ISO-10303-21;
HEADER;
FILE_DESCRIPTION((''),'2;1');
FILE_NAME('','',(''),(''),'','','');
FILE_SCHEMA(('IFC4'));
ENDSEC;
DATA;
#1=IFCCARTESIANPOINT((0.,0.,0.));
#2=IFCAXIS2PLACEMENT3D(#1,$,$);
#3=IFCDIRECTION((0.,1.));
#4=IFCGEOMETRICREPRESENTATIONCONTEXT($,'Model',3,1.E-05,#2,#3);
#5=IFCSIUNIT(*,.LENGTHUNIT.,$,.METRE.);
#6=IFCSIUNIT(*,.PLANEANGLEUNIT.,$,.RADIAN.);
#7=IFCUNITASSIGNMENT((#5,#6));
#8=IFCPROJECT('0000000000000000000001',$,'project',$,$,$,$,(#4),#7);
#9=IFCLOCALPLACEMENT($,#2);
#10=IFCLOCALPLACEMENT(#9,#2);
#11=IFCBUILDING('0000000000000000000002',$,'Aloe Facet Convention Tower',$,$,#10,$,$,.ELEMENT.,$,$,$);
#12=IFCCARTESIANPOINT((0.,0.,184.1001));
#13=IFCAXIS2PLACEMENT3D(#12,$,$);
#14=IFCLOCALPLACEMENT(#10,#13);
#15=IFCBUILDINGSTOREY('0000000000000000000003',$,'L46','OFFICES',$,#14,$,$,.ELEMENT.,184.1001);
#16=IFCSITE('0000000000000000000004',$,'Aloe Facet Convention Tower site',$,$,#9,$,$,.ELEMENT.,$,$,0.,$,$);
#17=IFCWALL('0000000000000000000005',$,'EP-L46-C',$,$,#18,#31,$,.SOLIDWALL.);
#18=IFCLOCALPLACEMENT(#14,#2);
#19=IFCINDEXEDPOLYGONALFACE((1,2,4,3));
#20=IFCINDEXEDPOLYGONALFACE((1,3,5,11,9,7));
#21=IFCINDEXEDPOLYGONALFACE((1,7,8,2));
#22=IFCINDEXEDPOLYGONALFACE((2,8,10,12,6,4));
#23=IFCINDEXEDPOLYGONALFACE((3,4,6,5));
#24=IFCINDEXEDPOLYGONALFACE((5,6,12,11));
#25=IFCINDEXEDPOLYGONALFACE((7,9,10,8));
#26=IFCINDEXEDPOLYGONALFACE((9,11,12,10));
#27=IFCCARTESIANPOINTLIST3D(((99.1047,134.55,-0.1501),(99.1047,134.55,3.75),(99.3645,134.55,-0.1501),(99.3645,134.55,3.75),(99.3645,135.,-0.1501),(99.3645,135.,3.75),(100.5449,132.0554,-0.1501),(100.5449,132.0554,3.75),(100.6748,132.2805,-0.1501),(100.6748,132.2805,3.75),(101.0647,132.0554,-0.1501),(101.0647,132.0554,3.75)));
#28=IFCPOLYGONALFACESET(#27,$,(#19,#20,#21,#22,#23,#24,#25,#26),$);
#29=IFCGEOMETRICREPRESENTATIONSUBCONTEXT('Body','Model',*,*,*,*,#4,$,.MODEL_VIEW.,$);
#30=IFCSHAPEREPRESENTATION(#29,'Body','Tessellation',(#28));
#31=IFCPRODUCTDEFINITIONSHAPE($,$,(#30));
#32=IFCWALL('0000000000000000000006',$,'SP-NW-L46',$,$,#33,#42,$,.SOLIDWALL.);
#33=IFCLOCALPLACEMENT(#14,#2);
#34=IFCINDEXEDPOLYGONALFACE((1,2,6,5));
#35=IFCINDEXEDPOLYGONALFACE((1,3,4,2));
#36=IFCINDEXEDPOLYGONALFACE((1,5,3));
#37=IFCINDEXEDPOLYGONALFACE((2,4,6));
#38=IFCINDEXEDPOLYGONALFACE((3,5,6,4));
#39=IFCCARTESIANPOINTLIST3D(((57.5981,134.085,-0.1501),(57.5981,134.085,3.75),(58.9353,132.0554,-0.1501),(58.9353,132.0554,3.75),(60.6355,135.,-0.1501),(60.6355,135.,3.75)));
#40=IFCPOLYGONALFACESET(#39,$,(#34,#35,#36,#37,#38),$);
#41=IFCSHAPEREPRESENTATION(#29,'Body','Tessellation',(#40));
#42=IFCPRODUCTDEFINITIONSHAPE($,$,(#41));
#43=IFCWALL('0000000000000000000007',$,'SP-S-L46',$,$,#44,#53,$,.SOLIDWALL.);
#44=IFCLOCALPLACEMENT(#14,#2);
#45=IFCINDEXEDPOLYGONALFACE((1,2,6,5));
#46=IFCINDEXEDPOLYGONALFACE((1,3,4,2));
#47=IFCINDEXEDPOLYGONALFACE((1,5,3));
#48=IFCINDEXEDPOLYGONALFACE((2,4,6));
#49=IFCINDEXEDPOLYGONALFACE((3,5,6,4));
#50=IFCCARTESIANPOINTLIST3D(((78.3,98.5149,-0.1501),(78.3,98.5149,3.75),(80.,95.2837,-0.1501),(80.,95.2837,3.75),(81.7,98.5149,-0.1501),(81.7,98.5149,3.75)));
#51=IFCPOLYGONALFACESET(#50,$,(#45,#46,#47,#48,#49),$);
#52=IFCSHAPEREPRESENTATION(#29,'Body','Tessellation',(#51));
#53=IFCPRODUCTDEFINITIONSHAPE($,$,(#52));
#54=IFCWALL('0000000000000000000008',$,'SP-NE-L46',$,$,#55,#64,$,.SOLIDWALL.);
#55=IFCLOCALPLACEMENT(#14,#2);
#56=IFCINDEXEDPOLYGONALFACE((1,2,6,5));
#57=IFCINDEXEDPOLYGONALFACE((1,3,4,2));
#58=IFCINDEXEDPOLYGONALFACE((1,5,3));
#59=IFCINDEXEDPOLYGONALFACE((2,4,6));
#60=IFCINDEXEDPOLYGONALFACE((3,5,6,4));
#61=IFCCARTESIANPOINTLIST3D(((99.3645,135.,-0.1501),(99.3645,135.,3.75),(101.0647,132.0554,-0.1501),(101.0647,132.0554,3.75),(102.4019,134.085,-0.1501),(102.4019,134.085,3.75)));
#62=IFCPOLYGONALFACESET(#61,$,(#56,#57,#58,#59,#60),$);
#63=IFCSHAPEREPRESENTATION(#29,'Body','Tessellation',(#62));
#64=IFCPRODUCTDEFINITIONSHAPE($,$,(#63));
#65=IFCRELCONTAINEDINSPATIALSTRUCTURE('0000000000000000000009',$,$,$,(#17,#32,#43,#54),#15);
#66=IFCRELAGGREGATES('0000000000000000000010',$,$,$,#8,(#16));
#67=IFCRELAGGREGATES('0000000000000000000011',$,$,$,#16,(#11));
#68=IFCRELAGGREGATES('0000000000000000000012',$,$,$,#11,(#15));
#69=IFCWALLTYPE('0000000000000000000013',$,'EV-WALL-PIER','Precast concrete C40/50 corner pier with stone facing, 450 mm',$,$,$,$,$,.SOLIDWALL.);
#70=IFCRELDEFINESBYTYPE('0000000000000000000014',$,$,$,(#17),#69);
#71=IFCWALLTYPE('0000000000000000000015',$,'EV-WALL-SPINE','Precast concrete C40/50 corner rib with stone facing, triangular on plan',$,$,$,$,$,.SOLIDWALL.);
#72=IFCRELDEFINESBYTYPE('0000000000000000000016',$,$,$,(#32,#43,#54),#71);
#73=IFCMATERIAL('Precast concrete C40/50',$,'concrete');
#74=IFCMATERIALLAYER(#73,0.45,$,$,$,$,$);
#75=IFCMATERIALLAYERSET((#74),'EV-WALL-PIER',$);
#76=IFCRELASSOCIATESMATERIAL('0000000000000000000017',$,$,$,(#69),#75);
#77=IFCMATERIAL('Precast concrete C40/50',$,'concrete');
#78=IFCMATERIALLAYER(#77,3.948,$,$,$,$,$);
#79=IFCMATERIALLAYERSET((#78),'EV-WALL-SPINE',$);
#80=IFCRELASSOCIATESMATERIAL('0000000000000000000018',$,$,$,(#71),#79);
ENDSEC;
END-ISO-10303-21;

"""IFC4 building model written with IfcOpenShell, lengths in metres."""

from ifc_helpers import new_model, si_unit, direction, frame, origin, place, context, subcontext, project, spatial, polyline, outline, extrude, material, layer, layer_set, type_object, element, save


model = new_model("IFC4")

# Units and contexts
model_context = context("Model", 3, precision=1e-05, world=origin(), true_north=direction((0.0, 1.0)))
body_context = subcontext(model_context, "Body", "Model", "MODEL_VIEW")
ifc_project = project(units=[si_unit("LENGTHUNIT", "METRE"), si_unit("PLANEANGLEUNIT", "RADIAN")], contexts=[model_context])

# Site, building, storey
site_placement = place(None, origin())
site = spatial("IfcSite", under=ifc_project, at=site_placement, Name="Aloe Facet Convention Tower site", CompositionType="ELEMENT", RefElevation=0.0)
building_placement = place(site_placement, origin())
building = spatial("IfcBuilding", under=site, at=building_placement, Name="Aloe Facet Convention Tower", CompositionType="ELEMENT")
storey_placement = place(building_placement, frame((0.0, 0.0, 184.1001)))
storey = spatial("IfcBuildingStorey", under=building, at=storey_placement, Name="L46", Description="OFFICES", CompositionType="ELEMENT", Elevation=184.1001)

# Walls
ifc_material_1 = material(Name="Precast concrete C40/50", Category="concrete")
ifc_layer_1 = layer(ifc_material_1, 0.45)
ifc_layer_set_1 = layer_set([ifc_layer_1], Name="EV-WALL-PIER")
wall_type_1 = type_object("IfcWallType", Name="EV-WALL-PIER", Description="Precast concrete C40/50 corner pier with stone facing, 450 mm", PredefinedType="SOLIDWALL", material=ifc_layer_set_1)
wall_1_placement = place(storey_placement, frame((0.0, 0.0, -0.1501)))
element("IfcWall", 1, at=wall_1_placement, inside=storey, type_object=wall_type_1, Name="EP-L46-C", PredefinedType="SOLIDWALL", context=body_context, shape_type="SweptSolid", body=[
    extrude(outline(polyline([(101.0647, 132.0554), (100.6748, 132.2805), (100.5449, 132.0554), (99.1047, 134.55), (99.3645, 134.55), (99.3645, 135.0), (101.0647, 132.0554)])), origin(), (0.0, 0.0, 1.0), 3.9001),
])
ifc_material_2 = material(Name="Precast concrete C40/50", Category="concrete")
ifc_layer_2 = layer(ifc_material_2, 3.948)
ifc_layer_set_2 = layer_set([ifc_layer_2], Name="EV-WALL-SPINE")
wall_type_2 = type_object("IfcWallType", Name="EV-WALL-SPINE", Description="Precast concrete C40/50 corner rib with stone facing, triangular on plan", PredefinedType="SOLIDWALL", material=ifc_layer_set_2)
wall_2_placement = place(storey_placement, frame((0.0, 0.0, -0.1501)))
element("IfcWall", 2, at=wall_2_placement, inside=storey, type_object=wall_type_2, Name="SP-NW-L46", PredefinedType="SOLIDWALL", context=body_context, shape_type="SweptSolid", body=[
    extrude(outline(polyline([(60.6355, 135.0), (57.5981, 134.085), (58.9353, 132.0554), (60.6355, 135.0)])), origin(), (0.0, 0.0, 1.0), 3.9001),
])
wall_3_placement = place(storey_placement, frame((0.0, 0.0, -0.1501)))
element("IfcWall", 3, at=wall_3_placement, inside=storey, type_object=wall_type_2, Name="SP-S-L46", PredefinedType="SOLIDWALL", context=body_context, shape_type="SweptSolid", body=[
    extrude(outline(polyline([(78.3, 98.5149), (80.0, 95.2837), (81.7, 98.5149), (78.3, 98.5149)])), origin(), (0.0, 0.0, 1.0), 3.9001),
])
wall_4_placement = place(storey_placement, frame((0.0, 0.0, -0.1501)))
element("IfcWall", 4, at=wall_4_placement, inside=storey, type_object=wall_type_2, Name="SP-NE-L46", PredefinedType="SOLIDWALL", context=body_context, shape_type="SweptSolid", body=[
    extrude(outline(polyline([(101.0647, 132.0554), (102.4019, 134.085), (99.3645, 135.0), (101.0647, 132.0554)])), origin(), (0.0, 0.0, 1.0), 3.9001),
])

save(model, "model.ifc")
